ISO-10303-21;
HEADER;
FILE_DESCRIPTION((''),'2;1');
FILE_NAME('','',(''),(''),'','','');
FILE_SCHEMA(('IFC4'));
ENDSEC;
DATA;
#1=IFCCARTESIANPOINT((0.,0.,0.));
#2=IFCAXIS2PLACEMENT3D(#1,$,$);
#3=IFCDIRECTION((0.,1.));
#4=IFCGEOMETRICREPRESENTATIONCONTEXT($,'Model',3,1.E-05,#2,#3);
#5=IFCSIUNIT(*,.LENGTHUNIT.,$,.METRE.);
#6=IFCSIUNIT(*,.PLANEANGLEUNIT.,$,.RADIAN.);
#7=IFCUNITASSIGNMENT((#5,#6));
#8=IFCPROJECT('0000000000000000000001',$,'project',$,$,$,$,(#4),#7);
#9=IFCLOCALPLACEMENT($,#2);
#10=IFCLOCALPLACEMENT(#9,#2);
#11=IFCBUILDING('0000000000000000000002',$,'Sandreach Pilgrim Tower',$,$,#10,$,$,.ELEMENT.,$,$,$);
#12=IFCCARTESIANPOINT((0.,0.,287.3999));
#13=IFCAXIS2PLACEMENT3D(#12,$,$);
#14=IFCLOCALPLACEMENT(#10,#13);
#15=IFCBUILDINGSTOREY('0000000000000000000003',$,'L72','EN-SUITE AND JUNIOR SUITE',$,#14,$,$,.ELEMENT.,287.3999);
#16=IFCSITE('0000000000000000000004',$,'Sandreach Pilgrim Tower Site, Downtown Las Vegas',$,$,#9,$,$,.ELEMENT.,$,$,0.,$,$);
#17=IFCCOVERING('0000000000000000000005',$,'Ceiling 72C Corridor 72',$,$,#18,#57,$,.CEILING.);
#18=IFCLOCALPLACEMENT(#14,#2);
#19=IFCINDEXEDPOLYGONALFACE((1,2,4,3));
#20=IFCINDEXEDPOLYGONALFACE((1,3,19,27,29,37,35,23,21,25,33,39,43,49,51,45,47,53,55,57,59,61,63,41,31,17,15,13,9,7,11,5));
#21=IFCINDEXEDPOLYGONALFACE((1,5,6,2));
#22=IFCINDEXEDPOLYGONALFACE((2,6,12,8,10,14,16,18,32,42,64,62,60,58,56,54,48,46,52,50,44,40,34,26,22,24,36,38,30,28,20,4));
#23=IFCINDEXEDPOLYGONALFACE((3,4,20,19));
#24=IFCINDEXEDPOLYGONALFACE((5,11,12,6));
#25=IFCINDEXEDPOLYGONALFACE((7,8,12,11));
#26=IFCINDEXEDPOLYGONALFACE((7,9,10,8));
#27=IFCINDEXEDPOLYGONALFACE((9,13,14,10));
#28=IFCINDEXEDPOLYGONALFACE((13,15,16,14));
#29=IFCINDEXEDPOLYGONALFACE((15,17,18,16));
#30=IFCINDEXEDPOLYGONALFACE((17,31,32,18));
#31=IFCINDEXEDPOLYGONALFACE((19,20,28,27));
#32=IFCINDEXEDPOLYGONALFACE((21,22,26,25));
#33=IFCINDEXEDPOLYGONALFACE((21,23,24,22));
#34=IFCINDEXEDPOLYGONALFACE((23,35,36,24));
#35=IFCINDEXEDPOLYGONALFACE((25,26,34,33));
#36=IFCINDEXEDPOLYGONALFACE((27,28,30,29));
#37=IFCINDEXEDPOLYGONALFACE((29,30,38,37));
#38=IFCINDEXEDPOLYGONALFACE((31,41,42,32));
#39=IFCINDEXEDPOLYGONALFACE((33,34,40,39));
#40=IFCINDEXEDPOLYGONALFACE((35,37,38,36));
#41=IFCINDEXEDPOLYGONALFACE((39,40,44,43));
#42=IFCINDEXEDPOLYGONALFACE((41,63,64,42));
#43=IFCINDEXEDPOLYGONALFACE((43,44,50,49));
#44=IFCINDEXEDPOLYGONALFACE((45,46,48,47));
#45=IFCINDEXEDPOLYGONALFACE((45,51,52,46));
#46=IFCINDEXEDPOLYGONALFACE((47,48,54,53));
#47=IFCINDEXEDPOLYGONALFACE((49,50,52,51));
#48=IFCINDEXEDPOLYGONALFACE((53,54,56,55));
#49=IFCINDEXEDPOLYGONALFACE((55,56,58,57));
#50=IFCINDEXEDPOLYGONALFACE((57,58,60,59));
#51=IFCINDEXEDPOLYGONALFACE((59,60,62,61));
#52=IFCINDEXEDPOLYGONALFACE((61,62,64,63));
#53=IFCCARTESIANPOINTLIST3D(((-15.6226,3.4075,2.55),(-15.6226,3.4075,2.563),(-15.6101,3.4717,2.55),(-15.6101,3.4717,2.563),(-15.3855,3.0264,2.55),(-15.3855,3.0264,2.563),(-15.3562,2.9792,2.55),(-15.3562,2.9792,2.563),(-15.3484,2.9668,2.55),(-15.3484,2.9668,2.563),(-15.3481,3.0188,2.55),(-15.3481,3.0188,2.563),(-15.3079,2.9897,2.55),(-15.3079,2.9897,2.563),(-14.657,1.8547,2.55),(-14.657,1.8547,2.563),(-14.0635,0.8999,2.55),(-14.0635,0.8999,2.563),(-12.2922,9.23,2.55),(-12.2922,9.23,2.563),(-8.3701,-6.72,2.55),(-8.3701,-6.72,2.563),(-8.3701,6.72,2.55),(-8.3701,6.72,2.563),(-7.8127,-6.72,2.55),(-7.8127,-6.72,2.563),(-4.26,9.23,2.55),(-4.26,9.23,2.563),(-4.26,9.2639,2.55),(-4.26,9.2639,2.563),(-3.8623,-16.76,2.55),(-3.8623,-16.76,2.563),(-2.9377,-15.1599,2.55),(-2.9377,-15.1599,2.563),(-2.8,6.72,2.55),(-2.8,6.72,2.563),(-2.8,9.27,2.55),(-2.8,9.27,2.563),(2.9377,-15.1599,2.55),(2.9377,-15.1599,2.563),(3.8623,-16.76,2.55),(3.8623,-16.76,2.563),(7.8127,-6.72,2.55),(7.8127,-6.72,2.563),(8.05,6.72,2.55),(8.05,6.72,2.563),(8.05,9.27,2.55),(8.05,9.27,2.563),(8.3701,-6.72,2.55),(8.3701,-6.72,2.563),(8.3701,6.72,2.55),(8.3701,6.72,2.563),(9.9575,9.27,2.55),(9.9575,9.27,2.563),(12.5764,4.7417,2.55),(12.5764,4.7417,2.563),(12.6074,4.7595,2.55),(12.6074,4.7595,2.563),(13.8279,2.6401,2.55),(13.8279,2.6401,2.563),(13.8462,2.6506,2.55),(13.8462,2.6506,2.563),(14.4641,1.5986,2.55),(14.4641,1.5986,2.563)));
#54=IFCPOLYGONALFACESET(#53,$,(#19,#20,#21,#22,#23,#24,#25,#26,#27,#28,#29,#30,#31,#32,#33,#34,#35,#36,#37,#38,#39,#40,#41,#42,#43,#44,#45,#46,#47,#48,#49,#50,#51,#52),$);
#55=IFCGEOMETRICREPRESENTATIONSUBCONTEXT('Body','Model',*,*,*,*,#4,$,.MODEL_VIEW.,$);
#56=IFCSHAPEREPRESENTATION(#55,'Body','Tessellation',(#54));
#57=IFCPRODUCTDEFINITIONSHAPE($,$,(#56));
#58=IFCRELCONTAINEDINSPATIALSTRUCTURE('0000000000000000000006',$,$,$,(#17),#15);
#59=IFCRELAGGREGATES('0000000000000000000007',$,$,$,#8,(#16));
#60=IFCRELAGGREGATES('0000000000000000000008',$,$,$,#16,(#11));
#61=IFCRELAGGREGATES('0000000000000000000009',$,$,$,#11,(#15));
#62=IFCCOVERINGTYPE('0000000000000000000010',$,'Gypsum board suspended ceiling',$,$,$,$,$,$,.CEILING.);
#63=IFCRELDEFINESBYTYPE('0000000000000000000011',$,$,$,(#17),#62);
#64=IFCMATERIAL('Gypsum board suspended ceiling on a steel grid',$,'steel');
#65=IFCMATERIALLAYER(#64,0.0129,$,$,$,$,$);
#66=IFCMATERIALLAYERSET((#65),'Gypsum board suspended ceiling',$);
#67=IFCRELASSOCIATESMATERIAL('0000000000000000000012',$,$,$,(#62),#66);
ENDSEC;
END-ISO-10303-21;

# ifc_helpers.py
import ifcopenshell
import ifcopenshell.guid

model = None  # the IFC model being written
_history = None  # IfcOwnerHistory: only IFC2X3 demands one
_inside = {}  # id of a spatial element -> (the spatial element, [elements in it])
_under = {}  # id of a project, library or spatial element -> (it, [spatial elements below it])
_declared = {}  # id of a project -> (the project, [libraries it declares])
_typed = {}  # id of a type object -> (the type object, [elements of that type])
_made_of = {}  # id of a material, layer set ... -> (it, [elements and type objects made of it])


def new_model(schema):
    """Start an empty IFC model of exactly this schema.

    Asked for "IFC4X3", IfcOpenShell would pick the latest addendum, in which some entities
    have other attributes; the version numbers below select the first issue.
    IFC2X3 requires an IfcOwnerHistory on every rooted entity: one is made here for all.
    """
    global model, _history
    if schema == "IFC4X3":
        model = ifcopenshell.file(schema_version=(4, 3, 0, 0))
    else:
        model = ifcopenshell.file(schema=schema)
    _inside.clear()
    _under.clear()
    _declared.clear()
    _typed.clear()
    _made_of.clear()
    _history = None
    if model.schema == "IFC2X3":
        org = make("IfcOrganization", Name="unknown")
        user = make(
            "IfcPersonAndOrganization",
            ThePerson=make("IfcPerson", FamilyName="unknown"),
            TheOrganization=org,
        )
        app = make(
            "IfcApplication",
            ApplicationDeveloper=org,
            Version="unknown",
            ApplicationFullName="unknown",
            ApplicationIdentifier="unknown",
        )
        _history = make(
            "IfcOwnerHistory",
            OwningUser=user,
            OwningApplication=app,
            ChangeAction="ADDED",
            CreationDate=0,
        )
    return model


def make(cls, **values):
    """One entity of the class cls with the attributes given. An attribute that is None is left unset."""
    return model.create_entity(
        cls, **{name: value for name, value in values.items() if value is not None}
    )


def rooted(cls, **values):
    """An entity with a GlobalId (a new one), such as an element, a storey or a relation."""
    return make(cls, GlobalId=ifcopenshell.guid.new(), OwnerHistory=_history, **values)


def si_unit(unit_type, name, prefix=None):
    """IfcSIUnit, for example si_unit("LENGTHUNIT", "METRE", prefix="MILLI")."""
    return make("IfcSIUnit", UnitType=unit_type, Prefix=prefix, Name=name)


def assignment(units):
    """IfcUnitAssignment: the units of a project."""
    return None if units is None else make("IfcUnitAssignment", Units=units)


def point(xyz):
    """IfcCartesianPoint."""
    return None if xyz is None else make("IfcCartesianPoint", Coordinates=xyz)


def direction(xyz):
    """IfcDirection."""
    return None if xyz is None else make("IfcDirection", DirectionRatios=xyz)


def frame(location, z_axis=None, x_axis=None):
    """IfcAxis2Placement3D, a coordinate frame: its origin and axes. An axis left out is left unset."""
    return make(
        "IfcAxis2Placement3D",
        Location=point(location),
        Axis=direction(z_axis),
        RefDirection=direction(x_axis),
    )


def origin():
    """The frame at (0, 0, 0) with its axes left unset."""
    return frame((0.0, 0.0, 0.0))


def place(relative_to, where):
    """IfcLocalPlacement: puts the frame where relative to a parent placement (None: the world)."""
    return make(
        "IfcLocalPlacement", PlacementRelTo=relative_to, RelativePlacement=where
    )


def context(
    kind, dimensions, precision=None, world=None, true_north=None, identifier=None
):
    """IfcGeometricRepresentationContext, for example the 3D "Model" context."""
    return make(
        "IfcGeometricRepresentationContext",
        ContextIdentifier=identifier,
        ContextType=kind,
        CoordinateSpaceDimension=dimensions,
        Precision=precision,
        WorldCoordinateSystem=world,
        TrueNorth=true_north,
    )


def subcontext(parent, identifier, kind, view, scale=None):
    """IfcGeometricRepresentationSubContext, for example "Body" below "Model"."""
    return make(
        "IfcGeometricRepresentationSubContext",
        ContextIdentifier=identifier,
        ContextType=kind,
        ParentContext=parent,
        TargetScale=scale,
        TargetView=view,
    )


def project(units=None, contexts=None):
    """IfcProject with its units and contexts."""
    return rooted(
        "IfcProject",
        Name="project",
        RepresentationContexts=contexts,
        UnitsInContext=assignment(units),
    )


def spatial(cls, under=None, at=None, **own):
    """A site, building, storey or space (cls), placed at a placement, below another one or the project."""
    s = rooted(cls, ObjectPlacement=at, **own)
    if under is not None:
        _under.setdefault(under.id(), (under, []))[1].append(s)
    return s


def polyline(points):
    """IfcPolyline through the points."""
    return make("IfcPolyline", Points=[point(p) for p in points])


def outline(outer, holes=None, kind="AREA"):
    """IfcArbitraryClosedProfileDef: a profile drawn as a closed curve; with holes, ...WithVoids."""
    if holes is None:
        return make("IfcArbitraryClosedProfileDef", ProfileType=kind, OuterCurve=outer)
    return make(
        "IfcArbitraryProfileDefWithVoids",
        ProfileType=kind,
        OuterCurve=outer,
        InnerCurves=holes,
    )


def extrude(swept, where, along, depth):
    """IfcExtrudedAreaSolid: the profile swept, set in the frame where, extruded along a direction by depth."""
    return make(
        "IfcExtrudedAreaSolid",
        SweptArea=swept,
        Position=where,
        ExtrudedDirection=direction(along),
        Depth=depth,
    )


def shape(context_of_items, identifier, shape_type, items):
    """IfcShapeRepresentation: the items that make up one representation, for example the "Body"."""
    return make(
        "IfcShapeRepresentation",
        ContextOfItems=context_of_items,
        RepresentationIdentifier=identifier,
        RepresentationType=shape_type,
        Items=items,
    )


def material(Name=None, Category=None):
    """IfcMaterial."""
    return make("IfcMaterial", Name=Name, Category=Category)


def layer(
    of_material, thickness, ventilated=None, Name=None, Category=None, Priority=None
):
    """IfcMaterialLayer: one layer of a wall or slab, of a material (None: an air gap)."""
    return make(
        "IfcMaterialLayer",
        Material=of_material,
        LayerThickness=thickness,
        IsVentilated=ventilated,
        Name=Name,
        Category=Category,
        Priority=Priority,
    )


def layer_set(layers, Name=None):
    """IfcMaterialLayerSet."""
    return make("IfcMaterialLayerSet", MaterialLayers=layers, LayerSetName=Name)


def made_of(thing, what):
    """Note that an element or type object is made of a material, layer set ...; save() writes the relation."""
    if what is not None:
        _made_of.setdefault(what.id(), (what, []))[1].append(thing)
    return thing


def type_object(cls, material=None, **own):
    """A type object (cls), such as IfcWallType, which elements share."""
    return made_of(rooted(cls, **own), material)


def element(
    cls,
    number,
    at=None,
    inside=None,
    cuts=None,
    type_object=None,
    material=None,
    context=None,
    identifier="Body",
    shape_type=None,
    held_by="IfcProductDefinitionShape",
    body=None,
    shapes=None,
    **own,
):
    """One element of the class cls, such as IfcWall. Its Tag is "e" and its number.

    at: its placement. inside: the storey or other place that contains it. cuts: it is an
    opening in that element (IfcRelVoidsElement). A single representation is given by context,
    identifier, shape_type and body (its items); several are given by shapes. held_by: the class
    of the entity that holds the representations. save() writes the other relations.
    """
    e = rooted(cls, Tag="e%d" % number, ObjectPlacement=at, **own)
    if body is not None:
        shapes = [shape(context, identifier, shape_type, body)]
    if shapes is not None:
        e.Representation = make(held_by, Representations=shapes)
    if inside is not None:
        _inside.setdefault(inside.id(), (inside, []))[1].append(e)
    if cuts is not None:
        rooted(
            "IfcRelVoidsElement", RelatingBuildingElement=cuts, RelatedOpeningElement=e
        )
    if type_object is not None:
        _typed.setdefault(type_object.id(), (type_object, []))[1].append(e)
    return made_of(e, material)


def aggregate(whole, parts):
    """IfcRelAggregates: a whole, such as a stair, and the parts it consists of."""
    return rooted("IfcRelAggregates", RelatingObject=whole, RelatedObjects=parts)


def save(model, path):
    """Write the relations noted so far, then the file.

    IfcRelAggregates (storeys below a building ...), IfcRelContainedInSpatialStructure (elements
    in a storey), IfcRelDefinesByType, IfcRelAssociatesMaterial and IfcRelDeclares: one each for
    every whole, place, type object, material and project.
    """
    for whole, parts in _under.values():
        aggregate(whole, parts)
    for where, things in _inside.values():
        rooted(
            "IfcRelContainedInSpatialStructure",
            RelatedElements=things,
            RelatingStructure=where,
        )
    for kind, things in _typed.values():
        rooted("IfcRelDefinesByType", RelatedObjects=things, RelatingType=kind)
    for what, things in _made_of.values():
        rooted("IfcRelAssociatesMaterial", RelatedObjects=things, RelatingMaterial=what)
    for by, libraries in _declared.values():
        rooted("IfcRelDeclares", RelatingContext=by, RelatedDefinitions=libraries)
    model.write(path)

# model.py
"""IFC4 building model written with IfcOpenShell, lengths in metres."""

from ifc_helpers import new_model, si_unit, direction, frame, origin, place, context, subcontext, project, spatial, polyline, outline, extrude, material, layer, layer_set, type_object, element, save


model = new_model("IFC4")

# Units and contexts
model_context = context("Model", 3, precision=1e-05, world=origin(), true_north=direction((0.0, 1.0)))
body_context = subcontext(model_context, "Body", "Model", "MODEL_VIEW")
ifc_project = project(units=[si_unit("LENGTHUNIT", "METRE"), si_unit("PLANEANGLEUNIT", "RADIAN")], contexts=[model_context])

# Site, building, storey
site_placement = place(None, origin())
site = spatial("IfcSite", under=ifc_project, at=site_placement, Name="Sandreach Pilgrim Tower Site, Downtown Las Vegas", CompositionType="ELEMENT", RefElevation=0.0)
building_placement = place(site_placement, origin())
building = spatial("IfcBuilding", under=site, at=building_placement, Name="Sandreach Pilgrim Tower", CompositionType="ELEMENT")
storey_placement = place(building_placement, frame((0.0, 0.0, 287.3999)))
storey = spatial("IfcBuildingStorey", under=building, at=storey_placement, Name="L72", Description="EN-SUITE AND JUNIOR SUITE", CompositionType="ELEMENT", Elevation=287.3999)

# Covering
ifc_material_1 = material(Name="Gypsum board suspended ceiling on a steel grid", Category="steel")
ifc_layer_1 = layer(ifc_material_1, 0.0129)
ifc_layer_set_1 = layer_set([ifc_layer_1], Name="Gypsum board suspended ceiling")
covering_type_1 = type_object("IfcCoveringType", Name="Gypsum board suspended ceiling", PredefinedType="CEILING", material=ifc_layer_set_1)
covering_1_placement = place(storey_placement, frame((0.0, 0.0, 2.55)))
element("IfcCovering", 1, at=covering_1_placement, inside=storey, type_object=covering_type_1, Name="Ceiling 72C Corridor 72", PredefinedType="CEILING", context=body_context, shape_type="SweptSolid", body=[
    extrude(outline(polyline([(-15.6101, 3.4717), (-12.2922, 9.23), (-4.26, 9.23), (-4.26, 9.2639), (-2.8, 9.27), (-2.8, 6.72), (-8.3701, 6.72), (-8.3701, -6.72), (-7.8127, -6.72), (-2.9377, -15.1599), (2.9377, -15.1599), (7.8127, -6.72), (8.3701, -6.72), (8.3701, 6.72), (8.05, 6.72), (8.05, 9.27), (9.9575, 9.27), (12.5764, 4.7417), (12.6074, 4.7595), (13.8279, 2.6401), (13.8462, 2.6506), (14.4641, 1.5986), (3.8623, -16.76), (-3.8623, -16.76), (-14.0635, 0.8999), (-14.657, 1.8547), (-15.3079, 2.9897), (-15.3484, 2.9668), (-15.3562, 2.9792), (-15.3481, 3.0188), (-15.3855, 3.0264), (-15.6226, 3.4075), (-15.6101, 3.4717)])), origin(), (0.0, 0.0, 1.0), 0.0129),
])

save(model, "model.ifc")
